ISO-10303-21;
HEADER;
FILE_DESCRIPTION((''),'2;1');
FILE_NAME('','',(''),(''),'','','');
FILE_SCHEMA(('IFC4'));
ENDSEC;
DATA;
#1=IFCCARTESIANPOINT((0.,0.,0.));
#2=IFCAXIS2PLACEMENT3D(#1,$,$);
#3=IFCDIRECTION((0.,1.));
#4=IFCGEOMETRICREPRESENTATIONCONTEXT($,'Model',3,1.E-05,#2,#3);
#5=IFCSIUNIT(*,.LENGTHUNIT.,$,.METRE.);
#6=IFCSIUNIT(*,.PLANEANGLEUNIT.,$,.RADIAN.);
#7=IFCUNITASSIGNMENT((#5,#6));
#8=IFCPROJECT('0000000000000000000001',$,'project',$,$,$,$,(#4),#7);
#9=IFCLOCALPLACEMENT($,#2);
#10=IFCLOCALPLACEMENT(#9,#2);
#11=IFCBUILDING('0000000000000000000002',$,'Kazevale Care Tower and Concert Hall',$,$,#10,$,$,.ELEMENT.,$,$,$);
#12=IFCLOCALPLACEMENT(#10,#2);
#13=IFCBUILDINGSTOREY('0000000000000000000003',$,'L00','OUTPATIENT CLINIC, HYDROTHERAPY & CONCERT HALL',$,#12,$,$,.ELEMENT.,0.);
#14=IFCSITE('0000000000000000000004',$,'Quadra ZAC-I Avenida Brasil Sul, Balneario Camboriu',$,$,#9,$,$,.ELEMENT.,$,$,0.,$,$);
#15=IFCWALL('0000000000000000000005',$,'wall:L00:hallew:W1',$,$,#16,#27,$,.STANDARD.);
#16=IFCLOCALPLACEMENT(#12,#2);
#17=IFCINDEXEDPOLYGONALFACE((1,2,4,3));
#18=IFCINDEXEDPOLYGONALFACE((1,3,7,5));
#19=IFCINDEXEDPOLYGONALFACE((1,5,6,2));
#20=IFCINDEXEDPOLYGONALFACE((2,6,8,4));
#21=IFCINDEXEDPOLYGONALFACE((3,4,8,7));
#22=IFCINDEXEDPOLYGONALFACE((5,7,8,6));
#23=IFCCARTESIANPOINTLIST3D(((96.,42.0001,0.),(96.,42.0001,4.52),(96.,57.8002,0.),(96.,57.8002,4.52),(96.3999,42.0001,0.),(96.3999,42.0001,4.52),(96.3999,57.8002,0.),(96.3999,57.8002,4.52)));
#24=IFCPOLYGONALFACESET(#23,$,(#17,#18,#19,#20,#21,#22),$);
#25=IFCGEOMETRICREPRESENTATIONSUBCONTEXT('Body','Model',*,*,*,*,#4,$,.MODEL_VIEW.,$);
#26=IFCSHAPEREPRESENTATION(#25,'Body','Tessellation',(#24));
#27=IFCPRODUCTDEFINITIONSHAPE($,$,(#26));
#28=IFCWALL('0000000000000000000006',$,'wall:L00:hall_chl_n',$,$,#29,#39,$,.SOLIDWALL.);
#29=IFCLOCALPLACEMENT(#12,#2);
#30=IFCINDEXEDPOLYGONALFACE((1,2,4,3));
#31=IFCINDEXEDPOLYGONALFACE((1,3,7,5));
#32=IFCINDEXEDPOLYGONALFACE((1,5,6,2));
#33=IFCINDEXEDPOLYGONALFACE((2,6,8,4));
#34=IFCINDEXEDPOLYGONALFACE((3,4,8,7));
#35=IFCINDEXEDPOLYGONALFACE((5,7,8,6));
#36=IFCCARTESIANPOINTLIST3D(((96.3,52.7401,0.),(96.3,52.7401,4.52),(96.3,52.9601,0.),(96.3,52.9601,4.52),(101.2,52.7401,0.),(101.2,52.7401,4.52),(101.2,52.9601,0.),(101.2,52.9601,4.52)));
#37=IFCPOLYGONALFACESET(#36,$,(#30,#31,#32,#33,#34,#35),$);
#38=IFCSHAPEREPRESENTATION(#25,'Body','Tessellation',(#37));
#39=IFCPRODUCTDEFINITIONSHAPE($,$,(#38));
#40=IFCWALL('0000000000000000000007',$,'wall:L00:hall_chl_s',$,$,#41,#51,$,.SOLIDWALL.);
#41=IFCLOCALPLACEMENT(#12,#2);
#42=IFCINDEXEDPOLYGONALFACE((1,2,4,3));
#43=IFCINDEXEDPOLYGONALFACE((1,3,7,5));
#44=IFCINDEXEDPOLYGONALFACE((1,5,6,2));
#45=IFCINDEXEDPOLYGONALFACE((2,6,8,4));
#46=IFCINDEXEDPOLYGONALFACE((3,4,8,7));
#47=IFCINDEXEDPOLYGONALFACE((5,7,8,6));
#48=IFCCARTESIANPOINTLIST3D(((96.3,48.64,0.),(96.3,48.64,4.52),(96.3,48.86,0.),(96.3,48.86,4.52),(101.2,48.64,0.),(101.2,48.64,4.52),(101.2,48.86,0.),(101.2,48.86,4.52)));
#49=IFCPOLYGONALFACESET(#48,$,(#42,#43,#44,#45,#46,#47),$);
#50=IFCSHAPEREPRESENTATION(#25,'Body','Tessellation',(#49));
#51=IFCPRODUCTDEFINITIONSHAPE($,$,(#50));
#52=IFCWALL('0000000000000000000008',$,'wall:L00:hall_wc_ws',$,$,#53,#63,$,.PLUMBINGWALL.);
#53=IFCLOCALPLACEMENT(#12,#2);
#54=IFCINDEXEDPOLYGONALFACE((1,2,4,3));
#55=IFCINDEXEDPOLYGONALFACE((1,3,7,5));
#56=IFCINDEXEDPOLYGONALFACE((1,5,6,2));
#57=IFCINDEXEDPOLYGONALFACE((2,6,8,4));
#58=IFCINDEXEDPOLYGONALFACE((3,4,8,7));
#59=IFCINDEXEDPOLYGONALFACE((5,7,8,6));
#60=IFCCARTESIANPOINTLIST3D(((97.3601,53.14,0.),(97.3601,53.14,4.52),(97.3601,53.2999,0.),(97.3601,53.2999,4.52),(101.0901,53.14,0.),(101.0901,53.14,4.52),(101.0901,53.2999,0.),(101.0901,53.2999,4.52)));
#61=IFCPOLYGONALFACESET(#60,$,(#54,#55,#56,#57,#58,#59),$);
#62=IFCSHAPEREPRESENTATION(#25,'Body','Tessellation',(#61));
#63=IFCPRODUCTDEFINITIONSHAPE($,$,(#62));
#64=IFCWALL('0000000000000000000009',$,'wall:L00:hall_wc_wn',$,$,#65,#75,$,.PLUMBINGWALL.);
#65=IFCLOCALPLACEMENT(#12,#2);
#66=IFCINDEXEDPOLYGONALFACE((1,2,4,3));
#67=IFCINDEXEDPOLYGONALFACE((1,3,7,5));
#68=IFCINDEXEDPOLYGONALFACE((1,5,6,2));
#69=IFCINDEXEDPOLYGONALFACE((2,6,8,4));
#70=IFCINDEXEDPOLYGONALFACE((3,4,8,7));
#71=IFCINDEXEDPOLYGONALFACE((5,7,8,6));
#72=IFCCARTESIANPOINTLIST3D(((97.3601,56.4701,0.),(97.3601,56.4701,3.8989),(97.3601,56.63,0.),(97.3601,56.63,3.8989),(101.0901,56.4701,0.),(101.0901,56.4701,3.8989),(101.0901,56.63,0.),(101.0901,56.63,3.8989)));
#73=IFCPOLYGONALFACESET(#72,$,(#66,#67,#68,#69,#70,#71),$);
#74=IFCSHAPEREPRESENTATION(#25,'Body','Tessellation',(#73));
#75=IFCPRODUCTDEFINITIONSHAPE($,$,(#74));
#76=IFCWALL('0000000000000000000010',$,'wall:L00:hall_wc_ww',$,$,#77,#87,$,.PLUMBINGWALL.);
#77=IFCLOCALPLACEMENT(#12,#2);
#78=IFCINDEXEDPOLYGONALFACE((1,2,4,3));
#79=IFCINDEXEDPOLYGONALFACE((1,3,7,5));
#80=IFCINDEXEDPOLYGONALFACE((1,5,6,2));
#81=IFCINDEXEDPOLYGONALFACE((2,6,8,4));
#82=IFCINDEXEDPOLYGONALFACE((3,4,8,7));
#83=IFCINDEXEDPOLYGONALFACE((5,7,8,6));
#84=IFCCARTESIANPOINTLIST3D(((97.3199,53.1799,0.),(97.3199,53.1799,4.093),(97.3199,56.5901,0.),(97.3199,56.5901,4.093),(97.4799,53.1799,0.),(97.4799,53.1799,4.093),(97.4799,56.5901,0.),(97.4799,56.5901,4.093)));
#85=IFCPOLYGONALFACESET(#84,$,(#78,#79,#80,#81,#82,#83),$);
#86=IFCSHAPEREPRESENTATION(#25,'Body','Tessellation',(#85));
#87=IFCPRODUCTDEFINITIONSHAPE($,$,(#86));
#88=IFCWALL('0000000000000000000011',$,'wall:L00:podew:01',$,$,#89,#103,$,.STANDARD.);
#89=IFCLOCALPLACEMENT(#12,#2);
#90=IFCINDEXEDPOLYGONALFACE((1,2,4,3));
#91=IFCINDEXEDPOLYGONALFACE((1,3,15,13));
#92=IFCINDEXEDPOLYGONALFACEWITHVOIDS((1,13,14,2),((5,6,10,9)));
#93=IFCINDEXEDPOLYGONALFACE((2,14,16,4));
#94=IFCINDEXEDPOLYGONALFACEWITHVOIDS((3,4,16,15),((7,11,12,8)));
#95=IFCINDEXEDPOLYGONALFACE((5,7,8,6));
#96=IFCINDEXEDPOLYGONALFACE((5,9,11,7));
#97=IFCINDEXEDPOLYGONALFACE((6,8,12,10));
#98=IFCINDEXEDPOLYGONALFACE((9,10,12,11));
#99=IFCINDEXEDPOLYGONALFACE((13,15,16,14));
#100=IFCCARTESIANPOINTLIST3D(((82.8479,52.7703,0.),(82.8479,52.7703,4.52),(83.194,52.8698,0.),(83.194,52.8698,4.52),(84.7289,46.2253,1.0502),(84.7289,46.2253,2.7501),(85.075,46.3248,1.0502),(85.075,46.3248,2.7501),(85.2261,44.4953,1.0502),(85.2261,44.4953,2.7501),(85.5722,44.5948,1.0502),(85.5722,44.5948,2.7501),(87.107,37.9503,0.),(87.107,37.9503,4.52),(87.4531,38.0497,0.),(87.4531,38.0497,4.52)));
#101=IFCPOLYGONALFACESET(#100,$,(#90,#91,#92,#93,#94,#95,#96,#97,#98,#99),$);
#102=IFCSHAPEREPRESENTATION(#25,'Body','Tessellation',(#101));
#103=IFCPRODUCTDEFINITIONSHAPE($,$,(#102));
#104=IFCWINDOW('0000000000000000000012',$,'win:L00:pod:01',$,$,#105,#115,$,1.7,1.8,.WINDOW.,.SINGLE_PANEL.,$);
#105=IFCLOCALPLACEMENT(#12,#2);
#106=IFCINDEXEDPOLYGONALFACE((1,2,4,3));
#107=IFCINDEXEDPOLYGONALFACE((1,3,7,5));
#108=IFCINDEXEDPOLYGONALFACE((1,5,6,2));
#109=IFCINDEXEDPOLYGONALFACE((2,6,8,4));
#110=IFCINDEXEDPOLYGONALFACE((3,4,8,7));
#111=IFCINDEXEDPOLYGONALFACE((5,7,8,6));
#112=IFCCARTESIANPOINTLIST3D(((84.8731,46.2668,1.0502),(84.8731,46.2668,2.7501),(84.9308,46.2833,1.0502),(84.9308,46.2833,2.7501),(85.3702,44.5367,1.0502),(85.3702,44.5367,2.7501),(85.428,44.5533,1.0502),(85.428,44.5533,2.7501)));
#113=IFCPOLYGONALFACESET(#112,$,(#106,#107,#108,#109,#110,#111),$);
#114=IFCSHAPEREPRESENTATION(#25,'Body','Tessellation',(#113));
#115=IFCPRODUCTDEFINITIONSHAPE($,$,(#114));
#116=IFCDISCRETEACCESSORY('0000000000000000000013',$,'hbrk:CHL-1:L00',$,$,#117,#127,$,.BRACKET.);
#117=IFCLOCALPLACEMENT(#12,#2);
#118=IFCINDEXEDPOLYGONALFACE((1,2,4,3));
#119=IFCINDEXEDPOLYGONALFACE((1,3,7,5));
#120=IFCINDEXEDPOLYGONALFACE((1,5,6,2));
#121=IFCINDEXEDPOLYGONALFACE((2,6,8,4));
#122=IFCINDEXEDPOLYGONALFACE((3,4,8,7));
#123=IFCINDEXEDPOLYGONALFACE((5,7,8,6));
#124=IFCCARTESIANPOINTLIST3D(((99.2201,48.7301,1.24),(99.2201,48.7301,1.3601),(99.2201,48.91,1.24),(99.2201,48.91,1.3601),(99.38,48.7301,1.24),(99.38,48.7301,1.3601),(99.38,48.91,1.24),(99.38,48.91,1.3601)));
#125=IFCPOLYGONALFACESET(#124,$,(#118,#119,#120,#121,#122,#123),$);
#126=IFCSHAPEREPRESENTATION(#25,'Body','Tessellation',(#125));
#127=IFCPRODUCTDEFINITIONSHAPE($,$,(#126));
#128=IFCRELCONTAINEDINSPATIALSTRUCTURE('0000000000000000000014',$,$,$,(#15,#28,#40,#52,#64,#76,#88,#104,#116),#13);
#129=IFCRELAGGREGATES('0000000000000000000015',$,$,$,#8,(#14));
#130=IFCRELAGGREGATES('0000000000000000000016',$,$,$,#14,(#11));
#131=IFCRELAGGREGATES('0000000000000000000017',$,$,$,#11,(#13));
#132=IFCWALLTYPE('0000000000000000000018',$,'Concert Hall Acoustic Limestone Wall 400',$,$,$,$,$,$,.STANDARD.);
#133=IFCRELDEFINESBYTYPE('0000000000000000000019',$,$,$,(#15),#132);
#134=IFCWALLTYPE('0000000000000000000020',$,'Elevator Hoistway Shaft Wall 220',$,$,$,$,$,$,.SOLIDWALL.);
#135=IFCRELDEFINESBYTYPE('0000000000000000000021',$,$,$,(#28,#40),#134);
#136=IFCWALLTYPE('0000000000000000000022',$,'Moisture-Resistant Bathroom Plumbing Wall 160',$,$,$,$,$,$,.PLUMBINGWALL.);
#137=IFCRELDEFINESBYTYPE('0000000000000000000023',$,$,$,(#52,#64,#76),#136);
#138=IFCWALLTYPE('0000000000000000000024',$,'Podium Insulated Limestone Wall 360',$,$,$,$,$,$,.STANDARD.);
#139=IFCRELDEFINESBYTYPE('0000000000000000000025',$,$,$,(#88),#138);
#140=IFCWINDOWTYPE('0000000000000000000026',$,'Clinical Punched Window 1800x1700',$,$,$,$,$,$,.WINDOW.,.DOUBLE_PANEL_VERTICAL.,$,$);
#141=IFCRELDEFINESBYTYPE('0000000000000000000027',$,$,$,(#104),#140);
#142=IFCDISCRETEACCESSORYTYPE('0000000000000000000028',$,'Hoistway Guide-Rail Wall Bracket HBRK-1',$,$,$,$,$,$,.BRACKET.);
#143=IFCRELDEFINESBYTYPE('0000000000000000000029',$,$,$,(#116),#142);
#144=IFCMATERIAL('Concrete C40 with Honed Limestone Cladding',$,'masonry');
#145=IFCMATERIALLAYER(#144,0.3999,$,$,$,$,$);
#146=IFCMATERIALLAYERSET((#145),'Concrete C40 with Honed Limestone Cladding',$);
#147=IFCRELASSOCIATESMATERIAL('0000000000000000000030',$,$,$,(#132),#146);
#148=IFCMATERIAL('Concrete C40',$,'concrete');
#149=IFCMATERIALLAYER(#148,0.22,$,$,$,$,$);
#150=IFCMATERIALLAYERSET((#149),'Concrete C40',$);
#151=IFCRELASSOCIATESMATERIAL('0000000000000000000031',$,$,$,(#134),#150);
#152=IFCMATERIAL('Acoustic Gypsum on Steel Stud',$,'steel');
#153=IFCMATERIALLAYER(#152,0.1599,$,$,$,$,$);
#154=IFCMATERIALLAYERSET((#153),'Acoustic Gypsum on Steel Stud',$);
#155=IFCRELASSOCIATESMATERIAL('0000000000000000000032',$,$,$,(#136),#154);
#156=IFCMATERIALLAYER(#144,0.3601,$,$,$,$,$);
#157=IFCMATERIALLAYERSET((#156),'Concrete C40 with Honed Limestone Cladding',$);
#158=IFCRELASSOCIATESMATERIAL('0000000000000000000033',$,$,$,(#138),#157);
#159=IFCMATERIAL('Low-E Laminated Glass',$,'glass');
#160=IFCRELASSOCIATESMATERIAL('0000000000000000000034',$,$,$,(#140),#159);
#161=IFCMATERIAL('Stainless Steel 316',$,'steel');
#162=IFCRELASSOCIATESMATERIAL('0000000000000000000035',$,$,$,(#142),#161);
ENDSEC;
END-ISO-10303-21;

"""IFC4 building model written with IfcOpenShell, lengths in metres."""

from ifc_helpers import new_model, si_unit, direction, frame, frame_2d, origin, origin_2d, place, context, subcontext, project, spatial, rectangle, extrude, material, layer, layer_set, type_object, element, fill, save


model = new_model("IFC4")

# Units and contexts
model_context = context("Model", 3, precision=1e-05, world=origin(), true_north=direction((0.0, 1.0)))
body_context = subcontext(model_context, "Body", "Model", "MODEL_VIEW")
ifc_project = project(units=[si_unit("LENGTHUNIT", "METRE"), si_unit("PLANEANGLEUNIT", "RADIAN")], contexts=[model_context])

# Site, building, storey
site_placement = place(None, origin())
site = spatial("IfcSite", under=ifc_project, at=site_placement, Name="Quadra ZAC-I Avenida Brasil Sul, Balneario Camboriu", CompositionType="ELEMENT", RefElevation=0.0)
building_placement = place(site_placement, origin())
building = spatial("IfcBuilding", under=site, at=building_placement, Name="Kazevale Care Tower and Concert Hall", CompositionType="ELEMENT")
storey_placement = place(building_placement, origin())
storey = spatial("IfcBuildingStorey", under=building, at=storey_placement, Name="L00", Description="OUTPATIENT CLINIC, HYDROTHERAPY & CONCERT HALL", CompositionType="ELEMENT", Elevation=0.0)

# Shared definitions
ifc_material_1 = material(Name="Low-E Laminated Glass", Category="glass")

# Shared definitions
ifc_material_2 = material(Name="Concrete C40 with Honed Limestone Cladding", Category="masonry")
ifc_layer_1 = layer(ifc_material_2, 0.3999)
ifc_layer_set_1 = layer_set([ifc_layer_1], Name="Concrete C40 with Honed Limestone Cladding")
wall_type_1 = type_object("IfcWallType", Name="Concert Hall Acoustic Limestone Wall 400", PredefinedType="STANDARD", material=ifc_layer_set_1)

# Walls
wall_1_placement = place(storey_placement, frame((96.2, 57.8, 0.0), z_axis=(0.0, 0.0, 1.0), x_axis=(0.0, -1.0, 0.0)))
element("IfcWall", 1, at=wall_1_placement, inside=storey, type_object=wall_type_1, Name="wall:L00:hallew:W1", PredefinedType="STANDARD", context=body_context, shape_type="SweptSolid", body=[
    extrude(rectangle(XDim=15.8, YDim=0.3999, at=frame_2d((7.8999, 0.0))), origin(), (0.0, 0.0, 1.0), 4.52),
])
ifc_material_3 = material(Name="Concrete C40", Category="concrete")
ifc_layer_2 = layer(ifc_material_3, 0.22)
ifc_layer_set_2 = layer_set([ifc_layer_2], Name="Concrete C40")
wall_type_2 = type_object("IfcWallType", Name="Elevator Hoistway Shaft Wall 220", PredefinedType="SOLIDWALL", material=ifc_layer_set_2)
for number, where, z_axis, x_axis, name in (
    (2, (96.3, 52.8501, 0.0), (0.0, 0.0, 1.0), (1.0, 0.0, 0.0), "wall:L00:hall_chl_n"),
    (3, (96.3, 48.75, 0.0), (0.0, 0.0, 1.0), (1.0, 0.0, 0.0), "wall:L00:hall_chl_s"),
):
    element("IfcWall", number, at=place(storey_placement, frame(where, z_axis=z_axis, x_axis=x_axis)), inside=storey, type_object=wall_type_2, Name=name, PredefinedType="SOLIDWALL", context=body_context, shape_type="SweptSolid", body=[
        extrude(rectangle(XDim=4.8999, YDim=0.22, at=frame_2d((2.45, 0.0))), origin(), (0.0, 0.0, 1.0), 4.52),
    ])
ifc_material_4 = material(Name="Acoustic Gypsum on Steel Stud", Category="steel")
ifc_layer_3 = layer(ifc_material_4, 0.1599)
ifc_layer_set_3 = layer_set([ifc_layer_3], Name="Acoustic Gypsum on Steel Stud")
wall_type_3 = type_object("IfcWallType", Name="Moisture-Resistant Bathroom Plumbing Wall 160", PredefinedType="PLUMBINGWALL", material=ifc_layer_set_3)
wall_2_placement = place(storey_placement, frame((97.3601, 53.22, 0.0), z_axis=(0.0, 0.0, 1.0), x_axis=(1.0, 0.0, 0.0)))
element("IfcWall", 4, at=wall_2_placement, inside=storey, type_object=wall_type_3, Name="wall:L00:hall_wc_ws", PredefinedType="PLUMBINGWALL", context=body_context, shape_type="SweptSolid", body=[
    extrude(rectangle(XDim=3.73, YDim=0.1599, at=frame_2d((1.865, 0.0))), origin(), (0.0, 0.0, 1.0), 4.52),
])
wall_3_placement = place(storey_placement, frame((97.3601, 56.55, 0.0), z_axis=(0.0, 0.0, 1.0), x_axis=(1.0, 0.0, 0.0)))
element("IfcWall", 5, at=wall_3_placement, inside=storey, type_object=wall_type_3, Name="wall:L00:hall_wc_wn", PredefinedType="PLUMBINGWALL", context=body_context, shape_type="SweptSolid", body=[
    extrude(rectangle(XDim=3.73, YDim=0.1599, at=frame_2d((1.865, 0.0))), origin(), (0.0, 0.0, 1.0), 3.8989),
])
wall_4_placement = place(storey_placement, frame((97.3999, 53.1799, 0.0), z_axis=(0.0, 0.0, 1.0), x_axis=(0.0, 1.0, 0.0)))
element("IfcWall", 6, at=wall_4_placement, inside=storey, type_object=wall_type_3, Name="wall:L00:hall_wc_ww", PredefinedType="PLUMBINGWALL", context=body_context, shape_type="SweptSolid", body=[
    extrude(rectangle(XDim=3.4102, YDim=0.1599, at=frame_2d((1.7051, 0.0))), origin(), (0.0, 0.0, 1.0), 4.093),
])

# Wall, opening, window
ifc_layer_4 = layer(ifc_material_2, 0.3601)
ifc_layer_set_4 = layer_set([ifc_layer_4], Name="Concrete C40 with Honed Limestone Cladding")
wall_type_4 = type_object("IfcWallType", Name="Podium Insulated Limestone Wall 360", PredefinedType="STANDARD", material=ifc_layer_set_4)
wall_5_placement = place(storey_placement, frame((87.28, 38.0, 0.0), z_axis=(0.0, 0.0, 1.0), x_axis=(-0.276203, 0.961099, 0.0)))
wall_5 = element("IfcWall", 7, at=wall_5_placement, inside=storey, type_object=wall_type_4, Name="wall:L00:podew:01", PredefinedType="STANDARD", context=body_context, shape_type="SweptSolid", body=[
    extrude(rectangle(XDim=15.4199, YDim=0.3601, at=frame_2d((7.71, 0.0))), origin(), (0.0, 0.0, 1.0), 4.52),
])
opening_1_placement = place(wall_5_placement, frame((6.8101, 0.0, 1.05)))
opening_1 = element("IfcOpeningElement", 8, at=opening_1_placement, cuts=wall_5, PredefinedType="OPENING", context=body_context, shape_type="SweptSolid", body=[
    extrude(rectangle(XDim=1.8, YDim=1.7, at=frame_2d((0.8999, 0.8501))), frame((0.0, 0.1899, 0.0), z_axis=(0.0, -1.0, 0.0), x_axis=(1.0, 0.0, 0.0)), (0.0, 0.0, 1.0), 0.3801),
])
window_type = type_object("IfcWindowType", Name="Clinical Punched Window 1800x1700", PartitioningType="DOUBLE_PANEL_VERTICAL", PredefinedType="WINDOW", material=ifc_material_1)
window_placement = place(opening_1_placement, origin())
window = element("IfcWindow", 9, at=window_placement, inside=storey, type_object=window_type, Name="win:L00:pod:01", OverallHeight=1.7, OverallWidth=1.8, PartitioningType="SINGLE_PANEL", PredefinedType="WINDOW", context=body_context, shape_type="SweptSolid", body=[
    extrude(rectangle(XDim=1.8, YDim=1.7, at=frame_2d((0.8999, 0.8501))), frame((0.0, 0.03, 0.0), z_axis=(0.0, -1.0, 0.0), x_axis=(1.0, 0.0, 0.0)), (0.0, 0.0, 1.0), 0.0601),
])
fill(opening_1, window)

# Discrete accessory
ifc_material_5 = material(Name="Stainless Steel 316", Category="steel")
discrete_accessory_type = type_object("IfcDiscreteAccessoryType", Name="Hoistway Guide-Rail Wall Bracket HBRK-1", PredefinedType="BRACKET", material=ifc_material_5)
discrete_accessory_placement = place(storey_placement, frame((99.3, 48.8201, 1.24), z_axis=(0.0, 0.0, 1.0), x_axis=(1.0, 0.0, 0.0)))
element("IfcDiscreteAccessory", 10, at=discrete_accessory_placement, inside=storey, type_object=discrete_accessory_type, Name="hbrk:CHL-1:L00", PredefinedType="BRACKET", context=body_context, shape_type="SweptSolid", body=[
    extrude(rectangle(XDim=0.1599, YDim=0.1799, at=origin_2d()), origin(), (0.0, 0.0, 1.0), 0.1201),
])

save(model, "model.ifc")
